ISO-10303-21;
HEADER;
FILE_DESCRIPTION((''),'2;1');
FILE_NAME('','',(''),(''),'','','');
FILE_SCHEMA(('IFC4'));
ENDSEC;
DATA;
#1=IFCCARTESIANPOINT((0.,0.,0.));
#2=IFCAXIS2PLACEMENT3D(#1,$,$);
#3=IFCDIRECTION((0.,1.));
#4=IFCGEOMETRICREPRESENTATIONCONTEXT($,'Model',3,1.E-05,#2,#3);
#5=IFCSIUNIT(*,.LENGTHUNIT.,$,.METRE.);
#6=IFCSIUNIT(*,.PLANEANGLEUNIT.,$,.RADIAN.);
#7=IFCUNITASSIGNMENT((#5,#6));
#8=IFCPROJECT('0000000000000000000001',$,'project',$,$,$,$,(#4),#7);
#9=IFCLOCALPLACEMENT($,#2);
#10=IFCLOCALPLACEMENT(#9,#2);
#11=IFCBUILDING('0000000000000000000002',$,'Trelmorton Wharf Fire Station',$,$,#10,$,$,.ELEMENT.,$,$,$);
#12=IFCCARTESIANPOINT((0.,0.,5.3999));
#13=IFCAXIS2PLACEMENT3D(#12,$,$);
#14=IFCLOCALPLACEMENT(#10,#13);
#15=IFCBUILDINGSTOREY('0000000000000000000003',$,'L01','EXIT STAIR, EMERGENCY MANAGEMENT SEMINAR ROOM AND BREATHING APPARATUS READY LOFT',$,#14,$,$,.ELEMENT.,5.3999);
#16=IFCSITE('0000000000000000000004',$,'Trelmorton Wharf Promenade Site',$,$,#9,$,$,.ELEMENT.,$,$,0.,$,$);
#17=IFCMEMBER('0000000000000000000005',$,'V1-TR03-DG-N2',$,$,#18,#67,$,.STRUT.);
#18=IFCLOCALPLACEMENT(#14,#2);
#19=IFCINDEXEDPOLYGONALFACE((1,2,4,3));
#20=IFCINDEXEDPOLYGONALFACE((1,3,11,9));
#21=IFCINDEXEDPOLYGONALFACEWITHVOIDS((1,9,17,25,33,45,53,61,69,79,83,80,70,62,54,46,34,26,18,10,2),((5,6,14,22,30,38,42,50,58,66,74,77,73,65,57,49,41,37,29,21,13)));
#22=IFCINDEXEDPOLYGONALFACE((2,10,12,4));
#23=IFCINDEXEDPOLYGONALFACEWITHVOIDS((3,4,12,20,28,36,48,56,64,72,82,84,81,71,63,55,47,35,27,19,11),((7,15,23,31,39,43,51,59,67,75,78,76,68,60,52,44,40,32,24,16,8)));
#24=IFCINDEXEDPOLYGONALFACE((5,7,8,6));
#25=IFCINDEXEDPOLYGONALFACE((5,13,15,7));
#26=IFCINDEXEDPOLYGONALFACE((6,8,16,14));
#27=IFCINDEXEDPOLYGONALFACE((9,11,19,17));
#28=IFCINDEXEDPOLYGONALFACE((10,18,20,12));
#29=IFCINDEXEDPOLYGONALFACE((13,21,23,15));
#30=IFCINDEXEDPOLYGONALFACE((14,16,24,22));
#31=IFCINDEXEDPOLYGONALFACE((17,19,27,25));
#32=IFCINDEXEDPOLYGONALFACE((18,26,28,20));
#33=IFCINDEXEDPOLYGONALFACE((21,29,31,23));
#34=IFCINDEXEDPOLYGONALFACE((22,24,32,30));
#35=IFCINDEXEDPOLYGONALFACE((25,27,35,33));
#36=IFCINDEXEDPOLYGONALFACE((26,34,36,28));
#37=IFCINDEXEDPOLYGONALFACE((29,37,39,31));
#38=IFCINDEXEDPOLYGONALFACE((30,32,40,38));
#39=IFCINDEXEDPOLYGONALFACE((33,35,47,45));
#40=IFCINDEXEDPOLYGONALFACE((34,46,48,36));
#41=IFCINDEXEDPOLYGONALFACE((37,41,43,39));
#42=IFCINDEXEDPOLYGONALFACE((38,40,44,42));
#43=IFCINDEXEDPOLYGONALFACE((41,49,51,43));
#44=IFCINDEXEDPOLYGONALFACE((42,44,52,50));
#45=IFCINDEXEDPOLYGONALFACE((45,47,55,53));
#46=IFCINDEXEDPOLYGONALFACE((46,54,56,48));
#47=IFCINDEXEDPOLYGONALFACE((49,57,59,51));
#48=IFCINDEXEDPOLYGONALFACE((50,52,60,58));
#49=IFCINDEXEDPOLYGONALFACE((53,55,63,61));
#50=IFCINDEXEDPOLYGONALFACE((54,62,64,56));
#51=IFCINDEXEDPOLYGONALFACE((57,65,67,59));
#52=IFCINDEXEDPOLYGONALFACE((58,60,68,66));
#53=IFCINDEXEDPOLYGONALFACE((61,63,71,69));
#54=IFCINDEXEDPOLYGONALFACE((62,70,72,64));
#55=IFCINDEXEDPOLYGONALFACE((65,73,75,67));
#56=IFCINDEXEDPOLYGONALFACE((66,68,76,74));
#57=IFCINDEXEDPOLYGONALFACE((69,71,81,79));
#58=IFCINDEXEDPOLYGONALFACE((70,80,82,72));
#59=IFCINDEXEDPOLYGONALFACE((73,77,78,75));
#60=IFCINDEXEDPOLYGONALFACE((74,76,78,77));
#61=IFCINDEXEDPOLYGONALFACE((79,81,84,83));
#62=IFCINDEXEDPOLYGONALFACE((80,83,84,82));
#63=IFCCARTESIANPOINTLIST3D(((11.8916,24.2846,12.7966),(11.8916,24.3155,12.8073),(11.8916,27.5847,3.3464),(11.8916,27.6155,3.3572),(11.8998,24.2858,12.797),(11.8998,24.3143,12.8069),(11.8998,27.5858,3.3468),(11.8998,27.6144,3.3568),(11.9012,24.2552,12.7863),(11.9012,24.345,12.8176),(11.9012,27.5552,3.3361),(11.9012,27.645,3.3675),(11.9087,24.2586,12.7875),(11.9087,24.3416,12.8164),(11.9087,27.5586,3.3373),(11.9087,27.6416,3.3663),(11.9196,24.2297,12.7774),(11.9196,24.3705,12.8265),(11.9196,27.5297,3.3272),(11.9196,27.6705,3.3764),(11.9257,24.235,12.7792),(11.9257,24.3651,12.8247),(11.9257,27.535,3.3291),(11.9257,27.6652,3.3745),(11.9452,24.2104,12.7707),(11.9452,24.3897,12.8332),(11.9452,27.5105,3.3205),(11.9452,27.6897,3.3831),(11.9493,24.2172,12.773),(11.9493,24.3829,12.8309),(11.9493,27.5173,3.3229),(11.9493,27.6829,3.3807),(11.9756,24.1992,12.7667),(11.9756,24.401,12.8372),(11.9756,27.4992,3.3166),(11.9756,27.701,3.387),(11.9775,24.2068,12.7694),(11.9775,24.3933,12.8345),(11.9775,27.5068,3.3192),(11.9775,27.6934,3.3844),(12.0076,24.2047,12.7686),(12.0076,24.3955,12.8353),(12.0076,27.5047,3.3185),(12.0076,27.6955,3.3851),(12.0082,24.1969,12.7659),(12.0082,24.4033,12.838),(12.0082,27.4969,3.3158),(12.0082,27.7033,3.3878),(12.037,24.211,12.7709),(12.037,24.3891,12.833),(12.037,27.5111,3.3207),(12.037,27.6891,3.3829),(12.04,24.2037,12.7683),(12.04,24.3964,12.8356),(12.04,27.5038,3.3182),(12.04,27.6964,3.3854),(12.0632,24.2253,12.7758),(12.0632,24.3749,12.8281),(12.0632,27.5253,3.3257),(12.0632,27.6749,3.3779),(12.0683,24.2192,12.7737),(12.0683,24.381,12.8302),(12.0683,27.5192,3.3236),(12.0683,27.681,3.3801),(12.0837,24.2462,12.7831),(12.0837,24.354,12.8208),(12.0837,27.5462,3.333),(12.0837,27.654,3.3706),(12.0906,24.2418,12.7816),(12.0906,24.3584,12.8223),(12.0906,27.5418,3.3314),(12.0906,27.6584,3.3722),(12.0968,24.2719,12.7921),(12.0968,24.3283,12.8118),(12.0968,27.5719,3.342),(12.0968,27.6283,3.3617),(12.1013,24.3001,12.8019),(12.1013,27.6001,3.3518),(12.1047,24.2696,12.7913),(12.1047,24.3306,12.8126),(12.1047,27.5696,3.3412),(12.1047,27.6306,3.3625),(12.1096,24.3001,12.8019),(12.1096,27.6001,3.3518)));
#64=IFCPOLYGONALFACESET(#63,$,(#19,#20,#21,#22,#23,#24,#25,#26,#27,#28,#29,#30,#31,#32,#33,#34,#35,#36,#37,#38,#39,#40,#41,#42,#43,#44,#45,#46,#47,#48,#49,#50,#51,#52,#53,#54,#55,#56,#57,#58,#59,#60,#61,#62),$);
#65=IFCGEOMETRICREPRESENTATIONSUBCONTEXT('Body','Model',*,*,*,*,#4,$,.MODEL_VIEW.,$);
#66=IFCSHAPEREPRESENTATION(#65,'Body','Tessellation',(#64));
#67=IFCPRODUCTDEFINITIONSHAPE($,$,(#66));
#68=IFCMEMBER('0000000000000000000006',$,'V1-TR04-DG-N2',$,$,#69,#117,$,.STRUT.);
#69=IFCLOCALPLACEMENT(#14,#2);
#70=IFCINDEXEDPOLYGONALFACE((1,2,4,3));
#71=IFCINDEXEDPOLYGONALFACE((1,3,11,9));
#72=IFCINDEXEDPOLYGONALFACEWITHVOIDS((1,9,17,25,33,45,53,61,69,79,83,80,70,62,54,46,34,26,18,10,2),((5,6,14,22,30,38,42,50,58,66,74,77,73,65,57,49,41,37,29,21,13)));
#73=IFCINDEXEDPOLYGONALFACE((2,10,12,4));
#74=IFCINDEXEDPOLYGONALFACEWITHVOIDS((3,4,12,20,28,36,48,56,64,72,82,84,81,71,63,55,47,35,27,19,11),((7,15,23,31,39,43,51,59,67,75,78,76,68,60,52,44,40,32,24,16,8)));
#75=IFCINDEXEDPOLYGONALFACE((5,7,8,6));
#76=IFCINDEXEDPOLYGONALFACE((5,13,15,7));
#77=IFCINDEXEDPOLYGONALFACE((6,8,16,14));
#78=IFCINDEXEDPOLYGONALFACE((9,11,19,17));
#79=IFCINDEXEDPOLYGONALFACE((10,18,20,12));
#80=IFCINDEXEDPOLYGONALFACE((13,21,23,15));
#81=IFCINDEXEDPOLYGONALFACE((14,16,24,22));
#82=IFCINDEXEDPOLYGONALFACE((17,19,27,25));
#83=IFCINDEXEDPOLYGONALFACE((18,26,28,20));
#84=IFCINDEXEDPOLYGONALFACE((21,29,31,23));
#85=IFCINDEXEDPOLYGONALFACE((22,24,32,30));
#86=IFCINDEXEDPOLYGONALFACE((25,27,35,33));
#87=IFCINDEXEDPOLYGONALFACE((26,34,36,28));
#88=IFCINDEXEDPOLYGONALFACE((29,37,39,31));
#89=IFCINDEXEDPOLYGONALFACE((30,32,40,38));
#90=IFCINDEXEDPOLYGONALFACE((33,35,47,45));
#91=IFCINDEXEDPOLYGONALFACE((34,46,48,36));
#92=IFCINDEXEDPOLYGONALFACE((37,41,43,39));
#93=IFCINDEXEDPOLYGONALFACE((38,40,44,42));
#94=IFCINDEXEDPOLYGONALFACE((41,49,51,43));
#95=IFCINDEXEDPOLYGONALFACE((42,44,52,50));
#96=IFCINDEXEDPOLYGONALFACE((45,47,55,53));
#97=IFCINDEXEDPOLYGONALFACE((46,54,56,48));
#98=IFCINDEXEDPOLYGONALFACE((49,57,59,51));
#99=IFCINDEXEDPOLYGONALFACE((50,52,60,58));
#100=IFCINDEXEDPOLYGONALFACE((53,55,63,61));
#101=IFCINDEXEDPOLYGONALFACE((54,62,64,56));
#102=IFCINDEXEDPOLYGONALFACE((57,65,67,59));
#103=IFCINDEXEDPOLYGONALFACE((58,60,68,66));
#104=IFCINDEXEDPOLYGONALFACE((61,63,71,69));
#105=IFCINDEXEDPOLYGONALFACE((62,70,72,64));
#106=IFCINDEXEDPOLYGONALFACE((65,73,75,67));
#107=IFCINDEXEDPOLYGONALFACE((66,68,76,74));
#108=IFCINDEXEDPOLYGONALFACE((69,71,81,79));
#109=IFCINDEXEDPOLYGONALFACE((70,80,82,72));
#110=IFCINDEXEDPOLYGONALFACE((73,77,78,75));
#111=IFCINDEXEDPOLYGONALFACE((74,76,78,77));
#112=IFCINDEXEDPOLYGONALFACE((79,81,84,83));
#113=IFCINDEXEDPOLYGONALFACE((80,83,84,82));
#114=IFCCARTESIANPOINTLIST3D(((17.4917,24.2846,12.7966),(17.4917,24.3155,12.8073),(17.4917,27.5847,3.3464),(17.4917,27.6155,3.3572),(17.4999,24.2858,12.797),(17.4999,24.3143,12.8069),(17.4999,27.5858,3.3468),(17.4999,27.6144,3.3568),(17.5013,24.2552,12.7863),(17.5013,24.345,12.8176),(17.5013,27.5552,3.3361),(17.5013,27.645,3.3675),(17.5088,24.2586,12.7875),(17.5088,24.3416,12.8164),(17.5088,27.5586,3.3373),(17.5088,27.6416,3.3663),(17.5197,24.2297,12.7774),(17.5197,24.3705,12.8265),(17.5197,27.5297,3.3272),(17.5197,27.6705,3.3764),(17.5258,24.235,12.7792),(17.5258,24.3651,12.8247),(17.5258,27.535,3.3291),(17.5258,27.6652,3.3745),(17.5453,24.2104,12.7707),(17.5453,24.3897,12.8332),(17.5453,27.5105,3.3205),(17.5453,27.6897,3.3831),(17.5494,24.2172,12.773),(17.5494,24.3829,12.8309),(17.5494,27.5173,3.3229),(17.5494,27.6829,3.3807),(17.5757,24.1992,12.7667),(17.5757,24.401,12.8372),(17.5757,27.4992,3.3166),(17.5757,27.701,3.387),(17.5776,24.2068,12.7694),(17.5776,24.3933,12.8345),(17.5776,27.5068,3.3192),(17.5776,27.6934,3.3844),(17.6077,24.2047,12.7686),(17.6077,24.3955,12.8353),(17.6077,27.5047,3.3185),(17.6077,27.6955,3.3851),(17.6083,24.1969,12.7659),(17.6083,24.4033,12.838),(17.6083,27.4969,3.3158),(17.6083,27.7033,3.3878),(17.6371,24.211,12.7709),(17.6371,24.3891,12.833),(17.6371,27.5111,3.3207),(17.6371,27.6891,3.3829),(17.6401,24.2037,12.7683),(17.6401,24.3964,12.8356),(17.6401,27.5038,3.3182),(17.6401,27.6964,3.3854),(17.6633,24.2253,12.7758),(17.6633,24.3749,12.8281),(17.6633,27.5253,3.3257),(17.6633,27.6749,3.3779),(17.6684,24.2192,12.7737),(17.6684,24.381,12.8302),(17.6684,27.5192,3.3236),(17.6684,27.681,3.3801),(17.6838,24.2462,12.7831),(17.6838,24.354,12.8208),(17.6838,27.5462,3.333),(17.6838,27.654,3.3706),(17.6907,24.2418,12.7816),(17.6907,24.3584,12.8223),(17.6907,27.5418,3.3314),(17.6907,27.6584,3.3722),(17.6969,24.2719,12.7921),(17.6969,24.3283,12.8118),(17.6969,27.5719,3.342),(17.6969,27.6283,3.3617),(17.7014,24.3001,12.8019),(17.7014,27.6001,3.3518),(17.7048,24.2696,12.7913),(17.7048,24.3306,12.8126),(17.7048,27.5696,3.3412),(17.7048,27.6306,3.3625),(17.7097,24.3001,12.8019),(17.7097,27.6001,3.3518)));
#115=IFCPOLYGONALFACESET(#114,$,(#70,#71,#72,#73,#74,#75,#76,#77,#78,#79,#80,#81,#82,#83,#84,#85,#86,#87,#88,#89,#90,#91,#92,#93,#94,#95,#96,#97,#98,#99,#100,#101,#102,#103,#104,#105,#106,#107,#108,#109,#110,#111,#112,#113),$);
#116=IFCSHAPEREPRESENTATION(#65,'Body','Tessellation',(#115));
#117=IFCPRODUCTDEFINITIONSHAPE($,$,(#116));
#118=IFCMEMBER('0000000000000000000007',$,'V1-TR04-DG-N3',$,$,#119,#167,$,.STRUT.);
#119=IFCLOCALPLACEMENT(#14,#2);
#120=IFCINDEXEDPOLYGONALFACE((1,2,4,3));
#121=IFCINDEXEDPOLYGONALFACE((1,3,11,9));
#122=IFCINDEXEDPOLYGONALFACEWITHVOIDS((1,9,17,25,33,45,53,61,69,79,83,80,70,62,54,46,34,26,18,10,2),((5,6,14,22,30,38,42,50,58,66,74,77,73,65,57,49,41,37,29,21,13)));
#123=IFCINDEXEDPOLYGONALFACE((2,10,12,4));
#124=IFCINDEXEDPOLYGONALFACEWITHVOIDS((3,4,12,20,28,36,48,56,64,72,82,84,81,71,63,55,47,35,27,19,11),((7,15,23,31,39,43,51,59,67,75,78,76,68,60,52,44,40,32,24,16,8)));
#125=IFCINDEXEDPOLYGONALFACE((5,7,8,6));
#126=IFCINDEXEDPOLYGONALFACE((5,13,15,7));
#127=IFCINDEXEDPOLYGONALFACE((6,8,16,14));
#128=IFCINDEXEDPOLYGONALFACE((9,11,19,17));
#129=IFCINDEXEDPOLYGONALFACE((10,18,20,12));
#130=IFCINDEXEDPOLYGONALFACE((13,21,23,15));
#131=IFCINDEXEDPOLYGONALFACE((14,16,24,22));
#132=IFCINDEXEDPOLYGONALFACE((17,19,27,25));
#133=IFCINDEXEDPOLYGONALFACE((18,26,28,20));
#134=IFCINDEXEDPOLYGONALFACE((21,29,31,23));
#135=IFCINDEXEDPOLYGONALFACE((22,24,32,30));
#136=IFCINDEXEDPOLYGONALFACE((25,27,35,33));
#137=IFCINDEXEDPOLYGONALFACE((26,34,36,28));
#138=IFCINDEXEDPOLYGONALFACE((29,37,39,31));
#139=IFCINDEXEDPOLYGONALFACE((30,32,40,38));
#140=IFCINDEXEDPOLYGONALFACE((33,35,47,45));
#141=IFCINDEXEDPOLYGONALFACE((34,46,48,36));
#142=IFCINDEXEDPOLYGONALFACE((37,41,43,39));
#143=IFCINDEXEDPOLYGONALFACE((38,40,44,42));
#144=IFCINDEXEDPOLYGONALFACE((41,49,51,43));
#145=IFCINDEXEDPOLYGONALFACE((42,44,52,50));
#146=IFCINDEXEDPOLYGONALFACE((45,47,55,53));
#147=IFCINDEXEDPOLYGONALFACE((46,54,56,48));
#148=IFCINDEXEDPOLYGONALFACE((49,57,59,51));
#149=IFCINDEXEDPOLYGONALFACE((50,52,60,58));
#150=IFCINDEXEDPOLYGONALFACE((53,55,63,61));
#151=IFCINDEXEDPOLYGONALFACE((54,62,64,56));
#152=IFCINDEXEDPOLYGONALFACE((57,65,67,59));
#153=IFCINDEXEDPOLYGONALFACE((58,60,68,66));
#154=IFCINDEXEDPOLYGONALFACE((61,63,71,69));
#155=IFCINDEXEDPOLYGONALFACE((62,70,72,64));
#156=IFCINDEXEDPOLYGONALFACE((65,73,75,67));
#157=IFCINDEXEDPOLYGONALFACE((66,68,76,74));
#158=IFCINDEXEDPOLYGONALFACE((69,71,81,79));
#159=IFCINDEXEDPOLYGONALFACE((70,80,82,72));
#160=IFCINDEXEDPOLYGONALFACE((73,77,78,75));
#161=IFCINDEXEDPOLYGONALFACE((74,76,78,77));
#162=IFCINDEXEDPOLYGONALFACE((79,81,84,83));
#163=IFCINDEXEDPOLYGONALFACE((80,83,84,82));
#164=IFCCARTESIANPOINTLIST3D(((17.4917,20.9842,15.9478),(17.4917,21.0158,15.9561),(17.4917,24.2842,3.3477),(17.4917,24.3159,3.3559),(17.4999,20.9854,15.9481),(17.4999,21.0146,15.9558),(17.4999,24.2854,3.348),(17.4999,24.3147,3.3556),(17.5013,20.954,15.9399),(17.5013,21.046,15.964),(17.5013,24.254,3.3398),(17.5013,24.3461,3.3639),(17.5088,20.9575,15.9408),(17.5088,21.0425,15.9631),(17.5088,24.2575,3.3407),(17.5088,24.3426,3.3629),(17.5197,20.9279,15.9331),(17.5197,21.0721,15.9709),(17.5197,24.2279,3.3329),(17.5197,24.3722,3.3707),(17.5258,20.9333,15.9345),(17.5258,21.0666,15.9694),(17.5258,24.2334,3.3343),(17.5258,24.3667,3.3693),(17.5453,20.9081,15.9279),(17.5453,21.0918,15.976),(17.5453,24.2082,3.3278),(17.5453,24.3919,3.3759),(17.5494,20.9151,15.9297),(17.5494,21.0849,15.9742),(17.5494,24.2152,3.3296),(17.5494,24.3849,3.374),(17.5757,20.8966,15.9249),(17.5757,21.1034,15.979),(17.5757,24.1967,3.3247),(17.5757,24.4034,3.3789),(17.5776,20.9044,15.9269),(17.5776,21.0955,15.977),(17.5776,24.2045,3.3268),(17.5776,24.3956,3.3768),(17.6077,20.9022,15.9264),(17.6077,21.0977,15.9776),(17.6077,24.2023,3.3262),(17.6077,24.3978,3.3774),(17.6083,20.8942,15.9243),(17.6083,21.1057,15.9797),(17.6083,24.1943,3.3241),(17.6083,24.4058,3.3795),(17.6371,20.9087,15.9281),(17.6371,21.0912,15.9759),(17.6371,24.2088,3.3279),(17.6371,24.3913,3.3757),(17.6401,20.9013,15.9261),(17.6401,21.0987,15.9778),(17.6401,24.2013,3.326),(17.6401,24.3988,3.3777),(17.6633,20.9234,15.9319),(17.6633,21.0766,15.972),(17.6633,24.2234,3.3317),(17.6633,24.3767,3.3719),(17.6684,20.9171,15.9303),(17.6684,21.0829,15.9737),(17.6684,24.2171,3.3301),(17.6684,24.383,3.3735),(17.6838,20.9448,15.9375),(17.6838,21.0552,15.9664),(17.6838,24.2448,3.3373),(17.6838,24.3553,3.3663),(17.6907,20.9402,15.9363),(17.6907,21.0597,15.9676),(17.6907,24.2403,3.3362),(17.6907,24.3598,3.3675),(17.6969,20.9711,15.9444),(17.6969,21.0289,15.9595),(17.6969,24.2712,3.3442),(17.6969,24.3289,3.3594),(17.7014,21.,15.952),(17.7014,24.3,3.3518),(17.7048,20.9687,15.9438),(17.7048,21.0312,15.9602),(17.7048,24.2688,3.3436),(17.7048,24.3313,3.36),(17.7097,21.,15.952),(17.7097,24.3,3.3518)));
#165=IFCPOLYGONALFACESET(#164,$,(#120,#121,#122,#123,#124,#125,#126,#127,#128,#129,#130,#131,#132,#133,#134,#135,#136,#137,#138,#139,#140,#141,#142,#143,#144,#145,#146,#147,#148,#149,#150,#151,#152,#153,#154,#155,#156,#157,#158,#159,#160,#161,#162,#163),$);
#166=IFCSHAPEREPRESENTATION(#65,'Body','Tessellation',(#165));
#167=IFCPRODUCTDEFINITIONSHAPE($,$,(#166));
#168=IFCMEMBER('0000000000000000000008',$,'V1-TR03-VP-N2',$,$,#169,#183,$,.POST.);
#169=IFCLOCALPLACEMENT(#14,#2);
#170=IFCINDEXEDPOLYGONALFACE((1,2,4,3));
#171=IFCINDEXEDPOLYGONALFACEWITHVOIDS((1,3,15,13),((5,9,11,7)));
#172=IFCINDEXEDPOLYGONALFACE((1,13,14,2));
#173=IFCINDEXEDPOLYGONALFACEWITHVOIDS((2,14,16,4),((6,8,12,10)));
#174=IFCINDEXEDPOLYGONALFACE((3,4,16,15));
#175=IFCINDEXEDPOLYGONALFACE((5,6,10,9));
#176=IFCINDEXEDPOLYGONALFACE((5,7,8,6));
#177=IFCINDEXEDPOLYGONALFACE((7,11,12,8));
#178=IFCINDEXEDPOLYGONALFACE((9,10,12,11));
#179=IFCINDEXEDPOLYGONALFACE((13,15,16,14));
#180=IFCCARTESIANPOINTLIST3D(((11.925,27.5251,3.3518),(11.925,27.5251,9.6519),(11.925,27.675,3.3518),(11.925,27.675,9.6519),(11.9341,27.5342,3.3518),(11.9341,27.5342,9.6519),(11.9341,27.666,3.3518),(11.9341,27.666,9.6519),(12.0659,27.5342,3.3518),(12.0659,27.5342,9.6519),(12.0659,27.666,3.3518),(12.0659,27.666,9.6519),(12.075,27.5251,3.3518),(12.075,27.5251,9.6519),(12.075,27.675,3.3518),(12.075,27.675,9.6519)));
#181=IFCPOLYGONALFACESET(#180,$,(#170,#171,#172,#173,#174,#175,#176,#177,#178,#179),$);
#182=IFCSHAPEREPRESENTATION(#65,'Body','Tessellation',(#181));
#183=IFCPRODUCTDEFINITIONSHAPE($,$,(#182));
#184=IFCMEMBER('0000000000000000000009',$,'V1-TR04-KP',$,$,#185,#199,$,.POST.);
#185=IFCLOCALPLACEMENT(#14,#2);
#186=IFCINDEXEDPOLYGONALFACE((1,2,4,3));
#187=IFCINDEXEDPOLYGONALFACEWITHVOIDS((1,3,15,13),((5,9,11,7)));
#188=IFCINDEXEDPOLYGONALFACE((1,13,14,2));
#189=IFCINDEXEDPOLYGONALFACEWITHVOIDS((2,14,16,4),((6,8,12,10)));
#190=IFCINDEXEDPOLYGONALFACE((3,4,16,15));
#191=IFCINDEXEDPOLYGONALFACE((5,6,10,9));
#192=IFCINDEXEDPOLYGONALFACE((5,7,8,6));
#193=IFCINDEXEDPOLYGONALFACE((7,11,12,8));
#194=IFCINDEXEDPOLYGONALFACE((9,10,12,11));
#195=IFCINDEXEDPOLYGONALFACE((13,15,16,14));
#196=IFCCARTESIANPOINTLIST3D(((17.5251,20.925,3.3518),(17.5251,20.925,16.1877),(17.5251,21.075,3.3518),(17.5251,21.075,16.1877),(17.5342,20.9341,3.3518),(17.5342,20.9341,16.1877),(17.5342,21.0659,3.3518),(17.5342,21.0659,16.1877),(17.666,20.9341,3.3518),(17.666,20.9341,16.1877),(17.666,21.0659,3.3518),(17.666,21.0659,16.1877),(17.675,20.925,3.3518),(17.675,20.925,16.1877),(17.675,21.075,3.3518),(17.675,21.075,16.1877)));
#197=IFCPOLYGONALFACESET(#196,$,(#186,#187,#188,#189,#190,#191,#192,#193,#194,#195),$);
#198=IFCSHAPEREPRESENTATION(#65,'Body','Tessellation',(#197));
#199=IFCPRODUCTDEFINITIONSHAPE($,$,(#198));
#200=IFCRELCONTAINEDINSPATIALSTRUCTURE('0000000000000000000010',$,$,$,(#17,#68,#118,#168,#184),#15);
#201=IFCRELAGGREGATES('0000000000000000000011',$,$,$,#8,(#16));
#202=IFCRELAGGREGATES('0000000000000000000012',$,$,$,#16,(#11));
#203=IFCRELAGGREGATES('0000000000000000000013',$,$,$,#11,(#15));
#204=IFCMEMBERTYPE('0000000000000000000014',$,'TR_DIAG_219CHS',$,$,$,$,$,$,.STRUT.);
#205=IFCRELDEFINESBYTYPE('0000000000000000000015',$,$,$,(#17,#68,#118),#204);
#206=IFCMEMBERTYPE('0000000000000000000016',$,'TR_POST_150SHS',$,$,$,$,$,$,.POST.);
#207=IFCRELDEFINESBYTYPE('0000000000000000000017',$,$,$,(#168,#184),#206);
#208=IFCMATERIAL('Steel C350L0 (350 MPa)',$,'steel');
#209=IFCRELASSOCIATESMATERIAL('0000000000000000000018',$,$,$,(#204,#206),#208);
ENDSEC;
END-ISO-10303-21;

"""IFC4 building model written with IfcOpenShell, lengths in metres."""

from ifc_helpers import new_model, si_unit, direction, frame, origin, origin_2d, place, context, subcontext, project, spatial, hollow_rectangle, hollow_circle, extrude, material, material_profile, profile_set, type_object, element, save


model = new_model("IFC4")

# Units and contexts
model_context = context("Model", 3, precision=1e-05, world=origin(), true_north=direction((0.0, 1.0)))
body_context = subcontext(model_context, "Body", "Model", "MODEL_VIEW")
ifc_project = project(units=[si_unit("LENGTHUNIT", "METRE"), si_unit("PLANEANGLEUNIT", "RADIAN")], contexts=[model_context])

# Site, building, storey
site_placement = place(None, origin())
site = spatial("IfcSite", under=ifc_project, at=site_placement, Name="Trelmorton Wharf Promenade Site", CompositionType="ELEMENT", RefElevation=0.0)
building_placement = place(site_placement, origin())
building = spatial("IfcBuilding", under=site, at=building_placement, Name="Trelmorton Wharf Fire Station", CompositionType="ELEMENT")
storey_placement = place(building_placement, frame((0.0, 0.0, 5.3999)))
storey = spatial("IfcBuildingStorey", under=building, at=storey_placement, Name="L01", Description="EXIT STAIR, EMERGENCY MANAGEMENT SEMINAR ROOM AND BREATHING APPARATUS READY LOFT", CompositionType="ELEMENT", Elevation=5.3999)

# Members
ifc_material_1 = material(Name="Steel C350L0 (350 MPa)", Category="steel")
ifc_material_profile_1 = material_profile(ifc_material_1, hollow_circle(Radius=0.1096, WallThickness=0.0083, at=origin_2d()), Name="219.1x8.2CHS")
ifc_profile_set_1 = profile_set([ifc_material_profile_1], Name="Steel C350L0 (350 MPa)")
member_type_1 = type_object("IfcMemberType", Name="TR_DIAG_219CHS", PredefinedType="STRUT", material=ifc_profile_set_1)
for number, where, z_axis, x_axis, name in (
    (1, (12.0, 27.6001, 3.3518), (0.0, -0.329681, 0.944092), (1.0, 0.0, 0.0), "V1-TR03-DG-N2"),
    (2, (17.6001, 27.6001, 3.3518), (0.0, -0.329681, 0.944092), (1.0, 0.0, 0.0), "V1-TR04-DG-N2"),
):
    element("IfcMember", number, at=place(storey_placement, frame(where, z_axis=z_axis, x_axis=x_axis)), inside=storey, type_object=member_type_1, Name=name, PredefinedType="STRUT", context=body_context, shape_type="SweptSolid", body=[
        extrude(hollow_circle(Radius=0.1096, WallThickness=0.0083, at=origin_2d()), origin(), (0.0, 0.0, 1.0), 10.0098),
    ])
member_1_placement = place(storey_placement, frame((17.6001, 24.3, 3.3518), z_axis=(0.0, -0.253361, 0.967372), x_axis=(1.0, 0.0, 0.0)))
element("IfcMember", 3, at=member_1_placement, inside=storey, type_object=member_type_1, Name="V1-TR04-DG-N3", PredefinedType="STRUT", context=body_context, shape_type="SweptSolid", body=[
    extrude(hollow_circle(Radius=0.1096, WallThickness=0.0083, at=origin_2d()), origin(), (0.0, 0.0, 1.0), 13.0251),
])
ifc_material_profile_2 = material_profile(ifc_material_1, hollow_rectangle(XDim=0.1499, YDim=0.1499, WallThickness=0.009, at=origin_2d()), Name="150x150x9.0SHS")
ifc_profile_set_2 = profile_set([ifc_material_profile_2], Name="Steel C350L0 (350 MPa)")
member_type_2 = type_object("IfcMemberType", Name="TR_POST_150SHS", PredefinedType="POST", material=ifc_profile_set_2)
member_2_placement = place(storey_placement, frame((12.0, 27.6001, 3.3518), z_axis=(0.0, 0.0, 1.0), x_axis=(1.0, 0.0, 0.0)))
element("IfcMember", 4, at=member_2_placement, inside=storey, type_object=member_type_2, Name="V1-TR03-VP-N2", PredefinedType="POST", context=body_context, shape_type="SweptSolid", body=[
    extrude(hollow_rectangle(XDim=0.1499, YDim=0.1499, WallThickness=0.009, at=origin_2d()), origin(), (0.0, 0.0, 1.0), 6.3),
])
member_3_placement = place(storey_placement, frame((17.6001, 21.0, 3.3518), z_axis=(0.0, 0.0, 1.0), x_axis=(1.0, 0.0, 0.0)))
element("IfcMember", 5, at=member_3_placement, inside=storey, type_object=member_type_2, Name="V1-TR04-KP", PredefinedType="POST", context=body_context, shape_type="SweptSolid", body=[
    extrude(hollow_rectangle(XDim=0.1499, YDim=0.1499, WallThickness=0.009, at=origin_2d()), origin(), (0.0, 0.0, 1.0), 12.8359),
])

save(model, "model.ifc")
